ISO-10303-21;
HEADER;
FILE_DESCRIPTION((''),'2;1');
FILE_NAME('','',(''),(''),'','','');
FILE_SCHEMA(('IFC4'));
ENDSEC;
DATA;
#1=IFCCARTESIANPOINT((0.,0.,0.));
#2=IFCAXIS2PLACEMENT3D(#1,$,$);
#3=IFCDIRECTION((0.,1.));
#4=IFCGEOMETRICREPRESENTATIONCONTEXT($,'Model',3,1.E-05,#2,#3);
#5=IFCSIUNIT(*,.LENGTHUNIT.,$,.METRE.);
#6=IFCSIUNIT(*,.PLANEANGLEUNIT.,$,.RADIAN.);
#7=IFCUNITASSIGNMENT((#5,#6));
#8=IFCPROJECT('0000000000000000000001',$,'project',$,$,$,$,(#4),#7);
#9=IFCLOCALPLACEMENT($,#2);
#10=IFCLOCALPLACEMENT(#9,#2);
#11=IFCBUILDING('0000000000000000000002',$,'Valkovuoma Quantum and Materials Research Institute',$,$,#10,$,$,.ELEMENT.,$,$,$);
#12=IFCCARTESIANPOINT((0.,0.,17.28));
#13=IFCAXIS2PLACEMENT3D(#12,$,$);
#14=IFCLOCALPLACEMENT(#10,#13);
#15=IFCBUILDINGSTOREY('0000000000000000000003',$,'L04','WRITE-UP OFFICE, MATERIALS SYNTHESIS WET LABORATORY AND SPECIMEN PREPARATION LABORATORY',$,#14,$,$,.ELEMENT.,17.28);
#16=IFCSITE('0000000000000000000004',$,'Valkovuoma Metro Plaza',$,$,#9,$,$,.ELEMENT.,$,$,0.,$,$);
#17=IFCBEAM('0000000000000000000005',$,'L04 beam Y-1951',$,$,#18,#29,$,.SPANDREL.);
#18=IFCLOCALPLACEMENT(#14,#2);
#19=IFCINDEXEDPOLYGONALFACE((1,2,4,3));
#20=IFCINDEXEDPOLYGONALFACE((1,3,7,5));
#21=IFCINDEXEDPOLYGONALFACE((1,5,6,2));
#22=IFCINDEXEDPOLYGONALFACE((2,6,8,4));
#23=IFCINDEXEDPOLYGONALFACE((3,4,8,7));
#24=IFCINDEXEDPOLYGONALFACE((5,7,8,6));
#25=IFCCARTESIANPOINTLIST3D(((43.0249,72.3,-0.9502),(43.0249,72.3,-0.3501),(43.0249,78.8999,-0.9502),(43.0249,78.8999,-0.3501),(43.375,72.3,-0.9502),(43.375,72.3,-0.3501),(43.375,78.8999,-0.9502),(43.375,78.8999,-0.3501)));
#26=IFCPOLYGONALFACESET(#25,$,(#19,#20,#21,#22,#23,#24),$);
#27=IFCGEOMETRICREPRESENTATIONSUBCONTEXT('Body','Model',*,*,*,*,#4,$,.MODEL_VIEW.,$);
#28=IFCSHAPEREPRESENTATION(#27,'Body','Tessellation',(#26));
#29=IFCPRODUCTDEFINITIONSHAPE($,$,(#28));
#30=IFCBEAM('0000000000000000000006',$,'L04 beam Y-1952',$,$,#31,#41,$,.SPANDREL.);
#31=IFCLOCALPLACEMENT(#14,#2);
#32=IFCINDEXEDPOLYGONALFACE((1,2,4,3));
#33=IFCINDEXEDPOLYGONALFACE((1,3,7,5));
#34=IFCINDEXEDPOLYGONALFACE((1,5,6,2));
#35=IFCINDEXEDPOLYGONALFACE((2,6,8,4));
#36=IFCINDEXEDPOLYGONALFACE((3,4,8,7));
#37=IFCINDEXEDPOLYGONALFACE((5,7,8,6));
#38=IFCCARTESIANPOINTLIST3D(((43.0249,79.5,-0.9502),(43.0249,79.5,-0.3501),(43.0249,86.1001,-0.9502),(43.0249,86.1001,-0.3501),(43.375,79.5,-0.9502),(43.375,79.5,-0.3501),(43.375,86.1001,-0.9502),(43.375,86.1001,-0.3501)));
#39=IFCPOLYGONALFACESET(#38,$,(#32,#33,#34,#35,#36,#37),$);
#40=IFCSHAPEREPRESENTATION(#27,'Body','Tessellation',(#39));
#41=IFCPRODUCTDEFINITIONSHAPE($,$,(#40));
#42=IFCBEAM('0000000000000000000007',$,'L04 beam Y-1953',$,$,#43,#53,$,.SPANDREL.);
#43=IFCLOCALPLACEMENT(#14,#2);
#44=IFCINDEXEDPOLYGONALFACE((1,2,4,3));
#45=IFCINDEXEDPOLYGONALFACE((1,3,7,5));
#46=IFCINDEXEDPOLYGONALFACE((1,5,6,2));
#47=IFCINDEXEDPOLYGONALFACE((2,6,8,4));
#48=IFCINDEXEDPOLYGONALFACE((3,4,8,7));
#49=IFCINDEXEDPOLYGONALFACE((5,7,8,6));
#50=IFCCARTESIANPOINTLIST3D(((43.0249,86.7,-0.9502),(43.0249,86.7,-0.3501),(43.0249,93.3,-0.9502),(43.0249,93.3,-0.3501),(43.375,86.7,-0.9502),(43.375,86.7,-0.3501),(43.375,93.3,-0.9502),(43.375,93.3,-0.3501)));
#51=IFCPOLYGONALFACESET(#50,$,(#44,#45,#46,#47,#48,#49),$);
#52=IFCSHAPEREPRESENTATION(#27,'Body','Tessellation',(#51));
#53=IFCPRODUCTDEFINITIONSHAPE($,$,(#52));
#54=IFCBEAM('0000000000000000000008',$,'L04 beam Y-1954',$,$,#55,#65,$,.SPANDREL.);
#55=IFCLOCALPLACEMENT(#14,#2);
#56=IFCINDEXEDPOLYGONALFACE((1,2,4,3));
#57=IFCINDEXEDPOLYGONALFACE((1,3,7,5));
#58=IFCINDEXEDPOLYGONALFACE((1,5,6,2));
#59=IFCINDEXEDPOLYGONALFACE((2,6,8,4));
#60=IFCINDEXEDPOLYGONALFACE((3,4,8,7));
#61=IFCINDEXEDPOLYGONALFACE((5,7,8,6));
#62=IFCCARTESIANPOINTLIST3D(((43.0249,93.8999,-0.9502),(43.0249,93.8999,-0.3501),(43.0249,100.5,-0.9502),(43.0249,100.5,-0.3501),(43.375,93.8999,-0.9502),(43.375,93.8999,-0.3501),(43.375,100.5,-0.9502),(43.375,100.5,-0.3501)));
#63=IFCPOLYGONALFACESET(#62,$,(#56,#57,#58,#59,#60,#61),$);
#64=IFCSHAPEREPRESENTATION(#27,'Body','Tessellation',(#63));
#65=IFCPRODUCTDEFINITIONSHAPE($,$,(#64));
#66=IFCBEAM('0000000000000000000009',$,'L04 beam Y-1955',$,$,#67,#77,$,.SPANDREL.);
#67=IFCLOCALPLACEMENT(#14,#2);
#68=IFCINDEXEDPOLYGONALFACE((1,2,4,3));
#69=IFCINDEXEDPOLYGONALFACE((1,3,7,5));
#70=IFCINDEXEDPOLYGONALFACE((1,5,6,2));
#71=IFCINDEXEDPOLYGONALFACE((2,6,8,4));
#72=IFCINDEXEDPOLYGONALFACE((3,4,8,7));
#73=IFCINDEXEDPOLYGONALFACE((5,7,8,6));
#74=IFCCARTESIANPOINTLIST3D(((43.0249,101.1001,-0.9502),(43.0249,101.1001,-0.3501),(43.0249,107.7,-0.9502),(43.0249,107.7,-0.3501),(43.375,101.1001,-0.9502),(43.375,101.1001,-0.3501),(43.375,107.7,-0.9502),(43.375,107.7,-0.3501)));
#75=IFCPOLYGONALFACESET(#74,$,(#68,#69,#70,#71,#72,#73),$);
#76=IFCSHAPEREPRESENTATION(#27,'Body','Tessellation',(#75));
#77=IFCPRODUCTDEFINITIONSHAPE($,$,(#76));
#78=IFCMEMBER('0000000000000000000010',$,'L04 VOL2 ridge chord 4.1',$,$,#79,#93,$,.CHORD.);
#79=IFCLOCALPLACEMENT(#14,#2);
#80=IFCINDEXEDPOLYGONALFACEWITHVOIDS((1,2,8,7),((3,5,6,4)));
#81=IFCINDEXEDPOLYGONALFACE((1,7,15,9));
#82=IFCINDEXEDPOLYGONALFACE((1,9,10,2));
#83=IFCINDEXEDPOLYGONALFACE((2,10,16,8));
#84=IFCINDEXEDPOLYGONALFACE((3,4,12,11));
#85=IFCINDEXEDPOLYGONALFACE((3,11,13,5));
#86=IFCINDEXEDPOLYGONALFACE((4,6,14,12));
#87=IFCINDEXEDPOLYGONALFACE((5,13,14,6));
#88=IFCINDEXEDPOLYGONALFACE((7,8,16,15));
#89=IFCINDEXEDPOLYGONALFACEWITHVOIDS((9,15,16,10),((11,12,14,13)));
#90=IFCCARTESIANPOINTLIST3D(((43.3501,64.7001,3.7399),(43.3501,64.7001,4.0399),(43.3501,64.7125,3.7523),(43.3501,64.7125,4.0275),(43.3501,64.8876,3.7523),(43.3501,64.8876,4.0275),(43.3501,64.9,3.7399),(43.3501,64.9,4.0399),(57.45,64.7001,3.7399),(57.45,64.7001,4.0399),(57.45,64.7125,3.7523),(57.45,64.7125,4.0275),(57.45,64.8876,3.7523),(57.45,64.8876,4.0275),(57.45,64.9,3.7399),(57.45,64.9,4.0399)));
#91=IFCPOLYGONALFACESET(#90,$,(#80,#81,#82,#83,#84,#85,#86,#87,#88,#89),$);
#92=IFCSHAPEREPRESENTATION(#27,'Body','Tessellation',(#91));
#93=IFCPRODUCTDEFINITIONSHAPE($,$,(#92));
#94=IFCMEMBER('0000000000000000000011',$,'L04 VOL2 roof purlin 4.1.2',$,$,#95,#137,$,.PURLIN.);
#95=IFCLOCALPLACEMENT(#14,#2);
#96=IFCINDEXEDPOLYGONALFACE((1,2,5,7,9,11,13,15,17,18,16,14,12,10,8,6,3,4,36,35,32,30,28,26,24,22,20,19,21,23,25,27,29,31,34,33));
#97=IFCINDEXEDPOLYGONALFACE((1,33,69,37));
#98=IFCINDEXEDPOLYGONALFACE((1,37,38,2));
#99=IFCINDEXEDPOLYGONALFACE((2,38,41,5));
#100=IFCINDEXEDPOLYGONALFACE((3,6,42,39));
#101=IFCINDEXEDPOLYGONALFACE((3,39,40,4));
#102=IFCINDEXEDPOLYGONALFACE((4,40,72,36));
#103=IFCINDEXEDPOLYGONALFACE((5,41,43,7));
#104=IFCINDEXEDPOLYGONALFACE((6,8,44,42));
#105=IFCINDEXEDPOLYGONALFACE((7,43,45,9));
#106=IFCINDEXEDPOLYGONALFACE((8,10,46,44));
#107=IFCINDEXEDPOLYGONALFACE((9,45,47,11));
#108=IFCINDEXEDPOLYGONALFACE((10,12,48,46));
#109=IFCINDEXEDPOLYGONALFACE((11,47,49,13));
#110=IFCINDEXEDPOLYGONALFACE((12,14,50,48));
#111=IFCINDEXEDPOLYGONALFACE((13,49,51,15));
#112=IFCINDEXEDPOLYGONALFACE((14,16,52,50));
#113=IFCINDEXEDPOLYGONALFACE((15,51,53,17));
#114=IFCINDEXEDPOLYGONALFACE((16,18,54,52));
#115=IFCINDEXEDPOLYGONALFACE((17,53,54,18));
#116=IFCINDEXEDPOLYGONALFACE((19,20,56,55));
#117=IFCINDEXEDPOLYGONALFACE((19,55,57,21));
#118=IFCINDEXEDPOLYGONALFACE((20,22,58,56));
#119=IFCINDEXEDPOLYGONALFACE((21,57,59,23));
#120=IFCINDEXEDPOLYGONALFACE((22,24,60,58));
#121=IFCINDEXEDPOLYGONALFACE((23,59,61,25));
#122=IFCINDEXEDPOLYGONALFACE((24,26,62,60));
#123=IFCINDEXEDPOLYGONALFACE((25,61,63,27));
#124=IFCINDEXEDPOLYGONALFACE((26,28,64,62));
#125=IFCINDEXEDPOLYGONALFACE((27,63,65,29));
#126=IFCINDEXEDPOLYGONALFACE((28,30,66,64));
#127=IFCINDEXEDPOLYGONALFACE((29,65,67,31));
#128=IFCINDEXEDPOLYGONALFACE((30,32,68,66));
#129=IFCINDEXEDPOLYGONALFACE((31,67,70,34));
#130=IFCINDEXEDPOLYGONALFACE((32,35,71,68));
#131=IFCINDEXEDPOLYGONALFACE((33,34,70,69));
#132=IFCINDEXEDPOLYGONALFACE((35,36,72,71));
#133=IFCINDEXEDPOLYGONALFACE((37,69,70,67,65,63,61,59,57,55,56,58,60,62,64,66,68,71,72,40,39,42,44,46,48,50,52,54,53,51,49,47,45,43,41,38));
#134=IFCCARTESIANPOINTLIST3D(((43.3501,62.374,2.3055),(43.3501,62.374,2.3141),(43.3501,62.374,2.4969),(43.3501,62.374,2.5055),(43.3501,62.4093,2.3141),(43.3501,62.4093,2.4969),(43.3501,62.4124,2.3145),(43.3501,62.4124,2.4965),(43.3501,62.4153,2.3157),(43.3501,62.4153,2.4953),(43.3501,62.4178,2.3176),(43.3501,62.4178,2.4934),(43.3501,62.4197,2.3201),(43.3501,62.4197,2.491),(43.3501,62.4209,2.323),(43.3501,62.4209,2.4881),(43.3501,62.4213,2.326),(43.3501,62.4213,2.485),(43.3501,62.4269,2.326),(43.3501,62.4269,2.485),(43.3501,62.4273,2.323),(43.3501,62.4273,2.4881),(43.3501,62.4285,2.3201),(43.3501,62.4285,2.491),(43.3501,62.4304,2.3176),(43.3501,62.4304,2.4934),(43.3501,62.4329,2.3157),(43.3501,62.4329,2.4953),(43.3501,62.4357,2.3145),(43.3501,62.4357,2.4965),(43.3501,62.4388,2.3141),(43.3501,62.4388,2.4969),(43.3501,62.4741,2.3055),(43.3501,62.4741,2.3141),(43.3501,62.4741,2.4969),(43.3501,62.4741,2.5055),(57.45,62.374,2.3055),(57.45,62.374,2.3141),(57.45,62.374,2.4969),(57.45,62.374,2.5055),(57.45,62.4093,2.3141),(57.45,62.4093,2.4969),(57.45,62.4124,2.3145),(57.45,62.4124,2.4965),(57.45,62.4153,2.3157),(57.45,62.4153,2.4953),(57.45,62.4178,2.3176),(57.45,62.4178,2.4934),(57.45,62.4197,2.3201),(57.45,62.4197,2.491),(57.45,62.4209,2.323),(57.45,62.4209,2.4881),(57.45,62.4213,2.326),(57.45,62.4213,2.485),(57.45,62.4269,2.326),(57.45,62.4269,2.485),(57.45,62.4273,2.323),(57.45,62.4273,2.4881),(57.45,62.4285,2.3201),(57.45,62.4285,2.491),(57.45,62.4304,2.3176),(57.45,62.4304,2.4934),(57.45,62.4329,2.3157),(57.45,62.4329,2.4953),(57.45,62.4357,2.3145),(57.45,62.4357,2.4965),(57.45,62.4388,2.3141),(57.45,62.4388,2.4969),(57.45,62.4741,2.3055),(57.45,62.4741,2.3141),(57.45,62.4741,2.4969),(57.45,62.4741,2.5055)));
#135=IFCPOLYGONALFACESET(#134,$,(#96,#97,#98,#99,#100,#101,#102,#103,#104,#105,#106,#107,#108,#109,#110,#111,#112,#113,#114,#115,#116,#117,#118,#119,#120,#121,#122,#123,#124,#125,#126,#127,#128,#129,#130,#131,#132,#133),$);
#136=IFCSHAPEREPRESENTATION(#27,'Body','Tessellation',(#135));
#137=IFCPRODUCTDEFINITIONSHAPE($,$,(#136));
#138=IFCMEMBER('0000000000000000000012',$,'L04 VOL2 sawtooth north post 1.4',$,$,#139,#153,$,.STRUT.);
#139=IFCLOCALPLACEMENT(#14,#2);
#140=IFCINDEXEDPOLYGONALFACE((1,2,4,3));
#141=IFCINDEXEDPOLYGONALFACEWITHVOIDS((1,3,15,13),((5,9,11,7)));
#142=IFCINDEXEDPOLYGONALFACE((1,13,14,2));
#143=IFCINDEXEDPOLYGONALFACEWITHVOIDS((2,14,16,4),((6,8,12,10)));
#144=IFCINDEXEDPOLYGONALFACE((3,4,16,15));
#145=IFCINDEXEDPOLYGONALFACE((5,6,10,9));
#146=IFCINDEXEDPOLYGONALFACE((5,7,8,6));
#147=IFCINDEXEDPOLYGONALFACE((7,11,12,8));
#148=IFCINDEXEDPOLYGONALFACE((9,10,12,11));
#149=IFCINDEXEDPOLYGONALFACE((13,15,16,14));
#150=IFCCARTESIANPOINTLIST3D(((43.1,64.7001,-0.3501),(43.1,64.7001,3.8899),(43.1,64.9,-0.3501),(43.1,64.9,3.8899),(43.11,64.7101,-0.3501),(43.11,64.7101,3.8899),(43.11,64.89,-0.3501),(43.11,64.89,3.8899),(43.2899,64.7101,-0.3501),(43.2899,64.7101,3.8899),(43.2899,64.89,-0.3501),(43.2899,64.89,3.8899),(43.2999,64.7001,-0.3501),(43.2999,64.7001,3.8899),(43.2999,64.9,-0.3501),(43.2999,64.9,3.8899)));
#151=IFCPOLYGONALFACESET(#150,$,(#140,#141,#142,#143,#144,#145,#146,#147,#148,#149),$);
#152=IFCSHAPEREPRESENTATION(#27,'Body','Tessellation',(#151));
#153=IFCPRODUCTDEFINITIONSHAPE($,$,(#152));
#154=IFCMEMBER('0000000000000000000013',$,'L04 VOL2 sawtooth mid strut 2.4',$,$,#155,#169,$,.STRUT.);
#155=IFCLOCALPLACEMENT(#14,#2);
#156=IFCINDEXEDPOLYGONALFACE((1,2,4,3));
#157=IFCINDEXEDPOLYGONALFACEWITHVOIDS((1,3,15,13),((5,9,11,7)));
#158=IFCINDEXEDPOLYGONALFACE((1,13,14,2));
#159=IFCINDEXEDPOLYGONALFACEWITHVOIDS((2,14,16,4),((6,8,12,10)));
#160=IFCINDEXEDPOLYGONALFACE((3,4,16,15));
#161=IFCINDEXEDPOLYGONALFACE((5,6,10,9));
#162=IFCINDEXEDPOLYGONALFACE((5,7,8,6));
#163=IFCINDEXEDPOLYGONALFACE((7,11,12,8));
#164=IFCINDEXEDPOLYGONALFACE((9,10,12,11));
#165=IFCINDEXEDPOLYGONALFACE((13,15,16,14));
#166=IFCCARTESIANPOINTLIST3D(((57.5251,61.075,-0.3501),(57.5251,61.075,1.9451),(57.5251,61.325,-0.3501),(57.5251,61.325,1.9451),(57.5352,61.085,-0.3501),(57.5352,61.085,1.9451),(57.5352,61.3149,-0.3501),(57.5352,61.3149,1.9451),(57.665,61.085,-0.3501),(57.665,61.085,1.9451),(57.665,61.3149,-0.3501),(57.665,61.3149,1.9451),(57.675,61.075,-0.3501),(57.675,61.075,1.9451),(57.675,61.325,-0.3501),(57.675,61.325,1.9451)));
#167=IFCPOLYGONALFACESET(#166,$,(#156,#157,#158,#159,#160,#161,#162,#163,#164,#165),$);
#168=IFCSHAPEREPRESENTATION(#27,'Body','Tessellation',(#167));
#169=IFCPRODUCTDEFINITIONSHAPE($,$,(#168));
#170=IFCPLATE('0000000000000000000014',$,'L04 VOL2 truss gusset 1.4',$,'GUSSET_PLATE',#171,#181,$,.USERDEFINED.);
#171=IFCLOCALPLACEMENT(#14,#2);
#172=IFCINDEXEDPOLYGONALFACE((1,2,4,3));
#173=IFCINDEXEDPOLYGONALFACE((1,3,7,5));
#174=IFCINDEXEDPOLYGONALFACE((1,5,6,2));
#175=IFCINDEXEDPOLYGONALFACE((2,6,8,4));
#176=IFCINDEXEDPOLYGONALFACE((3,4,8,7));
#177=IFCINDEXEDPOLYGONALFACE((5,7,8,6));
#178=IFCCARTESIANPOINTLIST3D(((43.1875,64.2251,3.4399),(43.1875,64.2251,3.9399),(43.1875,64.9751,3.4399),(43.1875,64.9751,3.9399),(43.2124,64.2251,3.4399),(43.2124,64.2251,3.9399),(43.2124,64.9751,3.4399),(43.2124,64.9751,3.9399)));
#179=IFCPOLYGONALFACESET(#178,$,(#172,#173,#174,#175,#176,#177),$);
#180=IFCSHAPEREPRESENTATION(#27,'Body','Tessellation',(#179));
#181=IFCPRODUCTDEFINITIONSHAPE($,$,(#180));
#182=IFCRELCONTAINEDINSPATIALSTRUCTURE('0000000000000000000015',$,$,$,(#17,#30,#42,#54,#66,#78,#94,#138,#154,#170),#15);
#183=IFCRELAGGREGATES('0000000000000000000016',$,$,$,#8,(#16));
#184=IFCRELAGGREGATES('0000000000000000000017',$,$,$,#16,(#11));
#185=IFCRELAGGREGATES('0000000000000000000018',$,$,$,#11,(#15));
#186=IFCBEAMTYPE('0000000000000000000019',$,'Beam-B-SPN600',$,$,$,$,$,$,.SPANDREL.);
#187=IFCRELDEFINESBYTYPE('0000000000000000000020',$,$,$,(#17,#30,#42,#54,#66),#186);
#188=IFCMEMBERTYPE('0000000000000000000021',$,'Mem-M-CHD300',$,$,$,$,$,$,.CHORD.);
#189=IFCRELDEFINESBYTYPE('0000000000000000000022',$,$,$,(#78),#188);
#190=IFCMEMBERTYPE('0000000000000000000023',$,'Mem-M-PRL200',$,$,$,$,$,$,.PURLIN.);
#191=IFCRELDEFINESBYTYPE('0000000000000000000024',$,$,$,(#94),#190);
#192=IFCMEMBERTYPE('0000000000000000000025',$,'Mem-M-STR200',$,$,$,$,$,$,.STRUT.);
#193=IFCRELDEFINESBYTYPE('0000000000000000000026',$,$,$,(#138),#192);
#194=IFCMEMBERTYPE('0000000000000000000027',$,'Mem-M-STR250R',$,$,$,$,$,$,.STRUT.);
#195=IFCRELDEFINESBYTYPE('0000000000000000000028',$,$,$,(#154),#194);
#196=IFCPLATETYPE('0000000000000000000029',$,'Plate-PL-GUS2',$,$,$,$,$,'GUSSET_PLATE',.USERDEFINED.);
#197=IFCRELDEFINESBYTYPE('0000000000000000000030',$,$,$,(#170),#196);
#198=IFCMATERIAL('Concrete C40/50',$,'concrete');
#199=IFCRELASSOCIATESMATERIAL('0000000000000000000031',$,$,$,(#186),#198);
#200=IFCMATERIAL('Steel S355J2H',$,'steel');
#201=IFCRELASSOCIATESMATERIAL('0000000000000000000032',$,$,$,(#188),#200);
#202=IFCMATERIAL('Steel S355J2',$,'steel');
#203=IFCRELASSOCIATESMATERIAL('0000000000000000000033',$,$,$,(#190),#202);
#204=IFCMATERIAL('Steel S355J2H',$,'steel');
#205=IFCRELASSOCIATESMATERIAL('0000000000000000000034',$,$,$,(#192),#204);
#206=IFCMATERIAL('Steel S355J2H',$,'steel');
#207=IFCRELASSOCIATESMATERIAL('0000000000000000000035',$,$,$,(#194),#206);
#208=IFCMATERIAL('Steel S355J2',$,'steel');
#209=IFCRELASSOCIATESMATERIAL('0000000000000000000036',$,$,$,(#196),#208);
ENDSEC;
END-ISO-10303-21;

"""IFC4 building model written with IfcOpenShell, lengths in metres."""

from ifc_helpers import new_model, si_unit, direction, frame, origin, origin_2d, place, context, subcontext, project, spatial, rectangle, hollow_rectangle, i_section, extrude, material, material_profile, profile_set, type_object, element, save


model = new_model("IFC4")

# Units and contexts
model_context = context("Model", 3, precision=1e-05, world=origin(), true_north=direction((0.0, 1.0)))
body_context = subcontext(model_context, "Body", "Model", "MODEL_VIEW")
ifc_project = project(units=[si_unit("LENGTHUNIT", "METRE"), si_unit("PLANEANGLEUNIT", "RADIAN")], contexts=[model_context])

# Site, building, storey
site_placement = place(None, origin())
site = spatial("IfcSite", under=ifc_project, at=site_placement, Name="Valkovuoma Metro Plaza", CompositionType="ELEMENT", RefElevation=0.0)
building_placement = place(site_placement, origin())
building = spatial("IfcBuilding", under=site, at=building_placement, Name="Valkovuoma Quantum and Materials Research Institute", CompositionType="ELEMENT")
storey_placement = place(building_placement, frame((0.0, 0.0, 17.28)))
storey = spatial("IfcBuildingStorey", under=building, at=storey_placement, Name="L04", Description="WRITE-UP OFFICE, MATERIALS SYNTHESIS WET LABORATORY AND SPECIMEN PREPARATION LABORATORY", CompositionType="ELEMENT", Elevation=17.28)

# Beams
ifc_material_1 = material(Name="Concrete C40/50", Category="concrete")
ifc_material_profile_1 = material_profile(ifc_material_1, rectangle(XDim=0.3501, YDim=0.6001, at=origin_2d()), Name="Concrete C40/50")
ifc_profile_set_1 = profile_set([ifc_material_profile_1], Name="Concrete C40/50")
beam_type_1 = type_object("IfcBeamType", Name="Beam-B-SPN600", PredefinedType="SPANDREL", material=ifc_profile_set_1)
for number, where, z_axis, x_axis, name in (
    (1, (43.2, 72.3, -0.6501), (0.0, 1.0, 0.0), (-1.0, 0.0, 0.0), "L04 beam Y-1951"),
):
    element("IfcBeam", number, at=place(storey_placement, frame(where, z_axis=z_axis, x_axis=x_axis)), inside=storey, type_object=beam_type_1, Name=name, PredefinedType="SPANDREL", context=body_context, shape_type="SweptSolid", body=[
        extrude(rectangle(XDim=0.3501, YDim=0.6001, at=origin_2d()), origin(), (0.0, 0.0, 1.0), 6.5999),
    ])
for number, where, z_axis, x_axis, name in (
    (2, (43.2, 79.5, -0.6501), (0.0, 1.0, 0.0), (-1.0, 0.0, 0.0), "L04 beam Y-1952"),
    (3, (43.2, 86.7, -0.6501), (0.0, 1.0, 0.0), (-1.0, 0.0, 0.0), "L04 beam Y-1953"),
    (4, (43.2, 93.8999, -0.6501), (0.0, 1.0, 0.0), (-1.0, 0.0, 0.0), "L04 beam Y-1954"),
):
    element("IfcBeam", number, at=place(storey_placement, frame(where, z_axis=z_axis, x_axis=x_axis)), inside=storey, type_object=beam_type_1, Name=name, PredefinedType="SPANDREL", context=body_context, shape_type="SweptSolid", body=[
        extrude(rectangle(XDim=0.3501, YDim=0.6001, at=origin_2d()), origin(), (0.0, 0.0, 1.0), 6.6001),
    ])
beam_1_placement = place(storey_placement, frame((43.2, 101.1001, -0.6501), z_axis=(0.0, 1.0, 0.0), x_axis=(-1.0, 0.0, 0.0)))
element("IfcBeam", 5, at=beam_1_placement, inside=storey, type_object=beam_type_1, Name="L04 beam Y-1955", PredefinedType="SPANDREL", context=body_context, shape_type="SweptSolid", body=[
    extrude(rectangle(XDim=0.3501, YDim=0.6001, at=origin_2d()), origin(), (0.0, 0.0, 1.0), 6.5999),
])

# Members
ifc_material_2 = material(Name="Steel S355J2H", Category="steel")
ifc_material_profile_2 = material_profile(ifc_material_2, hollow_rectangle(XDim=0.2, YDim=0.3, WallThickness=0.0125, at=origin_2d()), Name="Steel S355J2H")
ifc_profile_set_2 = profile_set([ifc_material_profile_2], Name="Steel S355J2H")
member_type_1 = type_object("IfcMemberType", Name="Mem-M-CHD300", PredefinedType="CHORD", material=ifc_profile_set_2)
member_1_placement = place(storey_placement, frame((43.3501, 64.8, 3.8899), z_axis=(1.0, 0.0, 0.0), x_axis=(0.0, 1.0, 0.0)))
element("IfcMember", 6, at=member_1_placement, inside=storey, type_object=member_type_1, Name="L04 VOL2 ridge chord 4.1", PredefinedType="CHORD", context=body_context, shape_type="SweptSolid", body=[
    extrude(hollow_rectangle(XDim=0.2, YDim=0.3, WallThickness=0.0125, at=origin_2d()), origin(), (0.0, 0.0, 1.0), 14.0999),
])
ifc_material_3 = material(Name="Steel S355J2", Category="steel")
ifc_material_profile_3 = material_profile(ifc_material_3, i_section(OverallWidth=0.1001, OverallDepth=0.2, WebThickness=0.0056, FlangeThickness=0.0085, FilletRadius=0.012, at=origin_2d()), Name="Steel S355J2")
ifc_profile_set_3 = profile_set([ifc_material_profile_3], Name="Steel S355J2")
member_type_2 = type_object("IfcMemberType", Name="Mem-M-PRL200", PredefinedType="PURLIN", material=ifc_profile_set_3)
member_2_placement = place(storey_placement, frame((43.3501, 62.4241, 2.4055), z_axis=(1.0, 0.0, 0.0), x_axis=(0.0, 1.0, 0.0)))
element("IfcMember", 7, at=member_2_placement, inside=storey, type_object=member_type_2, Name="L04 VOL2 roof purlin 4.1.2", PredefinedType="PURLIN", context=body_context, shape_type="SweptSolid", body=[
    extrude(i_section(OverallWidth=0.1001, OverallDepth=0.2, WebThickness=0.0056, FlangeThickness=0.0085, FilletRadius=0.012, at=origin_2d()), origin(), (0.0, 0.0, 1.0), 14.0999),
])
ifc_material_4 = material(Name="Steel S355J2H", Category="steel")
ifc_material_profile_4 = material_profile(ifc_material_4, hollow_rectangle(XDim=0.2, YDim=0.2, WallThickness=0.01, at=origin_2d()), Name="Steel S355J2H")
ifc_profile_set_4 = profile_set([ifc_material_profile_4], Name="Steel S355J2H")
member_type_3 = type_object("IfcMemberType", Name="Mem-M-STR200", PredefinedType="STRUT", material=ifc_profile_set_4)
member_3_placement = place(storey_placement, frame((43.2, 64.8, -0.3501), z_axis=(0.0, 0.0, 1.0), x_axis=(1.0, 0.0, 0.0)))
element("IfcMember", 8, at=member_3_placement, inside=storey, type_object=member_type_3, Name="L04 VOL2 sawtooth north post 1.4", PredefinedType="STRUT", context=body_context, shape_type="SweptSolid", body=[
    extrude(hollow_rectangle(XDim=0.2, YDim=0.2, WallThickness=0.01, at=origin_2d()), origin(), (0.0, 0.0, 1.0), 4.24),
])
ifc_material_5 = material(Name="Steel S355J2H", Category="steel")
ifc_material_profile_5 = material_profile(ifc_material_5, hollow_rectangle(XDim=0.1499, YDim=0.25, WallThickness=0.01, at=origin_2d()), Name="Steel S355J2H")
ifc_profile_set_5 = profile_set([ifc_material_profile_5], Name="Steel S355J2H")
member_type_4 = type_object("IfcMemberType", Name="Mem-M-STR250R", PredefinedType="STRUT", material=ifc_profile_set_5)
member_4_placement = place(storey_placement, frame((57.6001, 61.2, -0.3501), z_axis=(0.0, 0.0, 1.0), x_axis=(1.0, 0.0, 0.0)))
element("IfcMember", 9, at=member_4_placement, inside=storey, type_object=member_type_4, Name="L04 VOL2 sawtooth mid strut 2.4", PredefinedType="STRUT", context=body_context, shape_type="SweptSolid", body=[
    extrude(hollow_rectangle(XDim=0.1499, YDim=0.25, WallThickness=0.01, at=origin_2d()), origin(), (0.0, 0.0, 1.0), 2.2952),
])

# Plate
ifc_material_6 = material(Name="Steel S355J2", Category="steel")
plate_type = type_object("IfcPlateType", Name="Plate-PL-GUS2", ElementType="GUSSET_PLATE", PredefinedType="USERDEFINED", material=ifc_material_6)
plate_placement = place(storey_placement, frame((43.2, 64.6001, 3.4399), z_axis=(0.0, 0.0, 1.0), x_axis=(0.0, 1.0, 0.0)))
element("IfcPlate", 10, at=plate_placement, inside=storey, type_object=plate_type, Name="L04 VOL2 truss gusset 1.4", ObjectType="GUSSET_PLATE", PredefinedType="USERDEFINED", context=body_context, shape_type="SweptSolid", body=[
    extrude(rectangle(XDim=0.75, YDim=0.0249, at=origin_2d()), origin(), (0.0, 0.0, 1.0), 0.5),
])

save(model, "model.ifc")
